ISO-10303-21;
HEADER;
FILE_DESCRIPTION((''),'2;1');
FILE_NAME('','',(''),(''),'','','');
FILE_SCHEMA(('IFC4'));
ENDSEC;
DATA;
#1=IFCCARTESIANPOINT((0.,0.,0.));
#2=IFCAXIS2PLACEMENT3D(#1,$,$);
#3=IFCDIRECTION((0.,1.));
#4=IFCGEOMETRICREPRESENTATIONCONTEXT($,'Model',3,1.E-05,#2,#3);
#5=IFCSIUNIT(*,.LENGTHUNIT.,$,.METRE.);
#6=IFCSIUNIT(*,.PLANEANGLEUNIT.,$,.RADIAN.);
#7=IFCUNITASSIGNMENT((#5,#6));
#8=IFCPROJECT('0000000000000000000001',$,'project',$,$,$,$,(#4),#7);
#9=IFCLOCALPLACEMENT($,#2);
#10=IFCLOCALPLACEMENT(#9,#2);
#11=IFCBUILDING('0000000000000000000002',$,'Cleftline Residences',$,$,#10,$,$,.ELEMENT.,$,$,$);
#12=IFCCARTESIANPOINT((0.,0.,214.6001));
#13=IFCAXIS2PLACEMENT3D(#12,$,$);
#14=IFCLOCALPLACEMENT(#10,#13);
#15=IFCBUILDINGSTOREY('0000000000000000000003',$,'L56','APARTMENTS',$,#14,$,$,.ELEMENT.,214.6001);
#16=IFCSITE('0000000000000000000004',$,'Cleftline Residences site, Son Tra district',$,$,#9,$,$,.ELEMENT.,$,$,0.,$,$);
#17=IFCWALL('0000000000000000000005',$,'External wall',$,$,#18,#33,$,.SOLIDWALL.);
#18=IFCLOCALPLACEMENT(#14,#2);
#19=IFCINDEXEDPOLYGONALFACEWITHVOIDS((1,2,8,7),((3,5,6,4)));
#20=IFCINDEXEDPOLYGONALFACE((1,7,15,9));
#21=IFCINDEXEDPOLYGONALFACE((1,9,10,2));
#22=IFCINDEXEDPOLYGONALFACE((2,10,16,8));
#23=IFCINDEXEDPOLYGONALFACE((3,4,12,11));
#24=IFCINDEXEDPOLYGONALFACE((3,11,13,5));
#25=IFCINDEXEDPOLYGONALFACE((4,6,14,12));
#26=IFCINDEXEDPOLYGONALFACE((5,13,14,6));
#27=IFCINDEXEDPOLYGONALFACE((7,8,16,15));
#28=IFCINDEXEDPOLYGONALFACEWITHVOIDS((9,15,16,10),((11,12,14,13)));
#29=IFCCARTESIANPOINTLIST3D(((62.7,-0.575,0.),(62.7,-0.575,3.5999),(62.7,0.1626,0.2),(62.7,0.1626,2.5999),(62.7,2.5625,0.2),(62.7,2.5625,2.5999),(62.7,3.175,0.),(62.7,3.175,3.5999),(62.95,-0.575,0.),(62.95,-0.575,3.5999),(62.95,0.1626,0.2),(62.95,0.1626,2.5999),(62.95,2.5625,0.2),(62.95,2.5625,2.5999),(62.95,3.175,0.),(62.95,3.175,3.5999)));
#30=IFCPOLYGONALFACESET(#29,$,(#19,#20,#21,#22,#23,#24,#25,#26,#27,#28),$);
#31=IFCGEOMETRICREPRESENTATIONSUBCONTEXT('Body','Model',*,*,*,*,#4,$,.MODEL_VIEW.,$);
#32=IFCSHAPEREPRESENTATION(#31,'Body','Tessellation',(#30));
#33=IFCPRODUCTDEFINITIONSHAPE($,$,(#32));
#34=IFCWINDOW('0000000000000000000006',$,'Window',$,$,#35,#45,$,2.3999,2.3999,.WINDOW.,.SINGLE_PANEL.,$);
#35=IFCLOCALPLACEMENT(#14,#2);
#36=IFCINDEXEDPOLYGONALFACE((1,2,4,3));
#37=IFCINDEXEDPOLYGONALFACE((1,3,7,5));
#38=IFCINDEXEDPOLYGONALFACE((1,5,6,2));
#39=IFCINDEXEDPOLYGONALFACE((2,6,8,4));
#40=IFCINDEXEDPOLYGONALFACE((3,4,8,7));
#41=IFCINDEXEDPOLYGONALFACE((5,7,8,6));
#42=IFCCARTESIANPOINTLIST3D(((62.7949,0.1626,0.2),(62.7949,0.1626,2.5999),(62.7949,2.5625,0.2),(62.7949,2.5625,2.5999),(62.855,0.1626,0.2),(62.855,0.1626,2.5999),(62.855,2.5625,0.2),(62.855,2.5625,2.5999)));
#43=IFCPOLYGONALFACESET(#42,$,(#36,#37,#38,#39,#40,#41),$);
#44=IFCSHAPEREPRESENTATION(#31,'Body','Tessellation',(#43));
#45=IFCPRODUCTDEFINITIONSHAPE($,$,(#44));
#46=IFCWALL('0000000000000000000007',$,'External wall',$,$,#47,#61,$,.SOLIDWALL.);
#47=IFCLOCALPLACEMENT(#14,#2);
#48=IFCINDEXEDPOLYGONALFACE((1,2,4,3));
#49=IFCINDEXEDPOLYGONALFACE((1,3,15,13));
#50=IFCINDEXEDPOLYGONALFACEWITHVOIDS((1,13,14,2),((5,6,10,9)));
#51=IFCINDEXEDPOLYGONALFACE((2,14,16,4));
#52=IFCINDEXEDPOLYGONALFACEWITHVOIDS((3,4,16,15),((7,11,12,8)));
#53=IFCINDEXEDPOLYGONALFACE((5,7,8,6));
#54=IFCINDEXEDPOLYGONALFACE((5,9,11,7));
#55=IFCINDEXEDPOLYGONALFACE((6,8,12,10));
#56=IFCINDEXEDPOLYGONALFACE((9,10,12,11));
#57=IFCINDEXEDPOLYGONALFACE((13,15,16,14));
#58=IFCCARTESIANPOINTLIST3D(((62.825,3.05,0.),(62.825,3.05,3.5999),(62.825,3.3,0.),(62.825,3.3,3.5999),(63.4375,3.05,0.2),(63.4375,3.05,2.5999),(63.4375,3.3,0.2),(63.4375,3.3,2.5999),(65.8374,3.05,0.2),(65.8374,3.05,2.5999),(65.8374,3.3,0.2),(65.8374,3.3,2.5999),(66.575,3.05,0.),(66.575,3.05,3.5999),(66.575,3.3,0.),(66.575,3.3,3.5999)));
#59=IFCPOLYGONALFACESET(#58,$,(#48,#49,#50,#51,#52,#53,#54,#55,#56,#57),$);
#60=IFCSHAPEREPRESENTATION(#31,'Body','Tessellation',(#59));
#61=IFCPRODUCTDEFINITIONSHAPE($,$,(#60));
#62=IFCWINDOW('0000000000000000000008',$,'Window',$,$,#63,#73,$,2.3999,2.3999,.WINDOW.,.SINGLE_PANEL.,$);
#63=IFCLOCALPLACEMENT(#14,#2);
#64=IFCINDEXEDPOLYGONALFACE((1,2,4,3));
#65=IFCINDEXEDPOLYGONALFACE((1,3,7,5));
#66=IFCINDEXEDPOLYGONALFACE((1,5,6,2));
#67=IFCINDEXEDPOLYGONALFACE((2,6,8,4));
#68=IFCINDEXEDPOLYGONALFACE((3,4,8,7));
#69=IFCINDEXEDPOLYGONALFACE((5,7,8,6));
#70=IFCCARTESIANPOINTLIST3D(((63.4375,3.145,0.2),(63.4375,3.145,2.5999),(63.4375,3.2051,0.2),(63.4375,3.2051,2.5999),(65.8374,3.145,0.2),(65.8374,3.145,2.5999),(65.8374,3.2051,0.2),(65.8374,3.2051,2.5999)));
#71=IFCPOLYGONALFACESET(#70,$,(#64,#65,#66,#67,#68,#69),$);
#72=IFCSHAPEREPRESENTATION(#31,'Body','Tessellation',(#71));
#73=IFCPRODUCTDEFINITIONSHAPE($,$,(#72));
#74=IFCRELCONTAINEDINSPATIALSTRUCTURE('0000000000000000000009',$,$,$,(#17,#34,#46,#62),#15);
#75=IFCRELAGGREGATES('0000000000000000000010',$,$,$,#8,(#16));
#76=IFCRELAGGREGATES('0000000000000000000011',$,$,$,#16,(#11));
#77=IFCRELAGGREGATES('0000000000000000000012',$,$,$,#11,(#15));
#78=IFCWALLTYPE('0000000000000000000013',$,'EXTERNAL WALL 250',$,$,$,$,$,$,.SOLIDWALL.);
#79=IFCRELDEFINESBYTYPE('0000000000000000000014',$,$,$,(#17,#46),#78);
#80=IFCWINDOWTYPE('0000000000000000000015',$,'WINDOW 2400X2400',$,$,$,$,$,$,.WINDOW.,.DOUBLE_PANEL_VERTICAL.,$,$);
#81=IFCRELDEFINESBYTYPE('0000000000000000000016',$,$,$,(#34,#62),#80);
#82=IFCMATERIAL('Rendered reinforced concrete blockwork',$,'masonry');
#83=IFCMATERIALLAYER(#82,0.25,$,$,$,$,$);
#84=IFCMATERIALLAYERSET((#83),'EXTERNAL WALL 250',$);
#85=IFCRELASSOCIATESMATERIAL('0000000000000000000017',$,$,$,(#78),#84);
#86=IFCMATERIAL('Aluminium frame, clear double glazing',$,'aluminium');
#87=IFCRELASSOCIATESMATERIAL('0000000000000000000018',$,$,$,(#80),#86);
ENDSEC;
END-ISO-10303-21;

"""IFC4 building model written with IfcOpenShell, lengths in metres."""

from ifc_helpers import new_model, si_unit, direction, frame, frame_2d, origin, place, context, subcontext, project, spatial, rectangle, extrude, material, layer, layer_set, type_object, element, fill, save


model = new_model("IFC4")

# Units and contexts
model_context = context("Model", 3, precision=1e-05, world=origin(), true_north=direction((0.0, 1.0)))
body_context = subcontext(model_context, "Body", "Model", "MODEL_VIEW")
ifc_project = project(units=[si_unit("LENGTHUNIT", "METRE"), si_unit("PLANEANGLEUNIT", "RADIAN")], contexts=[model_context])

# Site, building, storey
site_placement = place(None, origin())
site = spatial("IfcSite", under=ifc_project, at=site_placement, Name="Cleftline Residences site, Son Tra district", CompositionType="ELEMENT", RefElevation=0.0)
building_placement = place(site_placement, origin())
building = spatial("IfcBuilding", under=site, at=building_placement, Name="Cleftline Residences", CompositionType="ELEMENT")
storey_placement = place(building_placement, frame((0.0, 0.0, 214.6001)))
storey = spatial("IfcBuildingStorey", under=building, at=storey_placement, Name="L56", Description="APARTMENTS", CompositionType="ELEMENT", Elevation=214.6001)

# Walls, openings, windows
ifc_material_1 = material(Name="Rendered reinforced concrete blockwork", Category="masonry")
ifc_layer_1 = layer(ifc_material_1, 0.25)
ifc_layer_set_1 = layer_set([ifc_layer_1], Name="EXTERNAL WALL 250")
wall_type_1 = type_object("IfcWallType", Name="EXTERNAL WALL 250", PredefinedType="SOLIDWALL", material=ifc_layer_set_1)
wall_1_placement = place(storey_placement, frame((62.825, -0.575, 0.0), z_axis=(0.0, 0.0, 1.0), x_axis=(0.0, 1.0, 0.0)))
wall_1 = element("IfcWall", 1, at=wall_1_placement, inside=storey, type_object=wall_type_1, Name="External wall", PredefinedType="SOLIDWALL", context=body_context, shape_type="SweptSolid", body=[
    extrude(rectangle(XDim=3.75, YDim=0.25, at=frame_2d((1.875, 0.0))), origin(), (0.0, 0.0, 1.0), 3.5999),
])
opening_1_placement = place(wall_1_placement, frame((0.7375, 0.0, 0.2)))
opening_1 = element("IfcOpeningElement", 2, at=opening_1_placement, cuts=wall_1, PredefinedType="OPENING", context=body_context, shape_type="SweptSolid", body=[
    extrude(rectangle(XDim=2.3999, YDim=2.3999, at=frame_2d((1.2, 1.2))), frame((0.0, 0.135, 0.0), z_axis=(0.0, -1.0, 0.0), x_axis=(1.0, 0.0, 0.0)), (0.0, 0.0, 1.0), 0.27),
])
ifc_material_2 = material(Name="Aluminium frame, clear double glazing", Category="aluminium")
window_type_1 = type_object("IfcWindowType", Name="WINDOW 2400X2400", PartitioningType="DOUBLE_PANEL_VERTICAL", PredefinedType="WINDOW", material=ifc_material_2)
window_1_placement = place(opening_1_placement, origin())
window_1 = element("IfcWindow", 3, at=window_1_placement, inside=storey, type_object=window_type_1, Name="Window", OverallHeight=2.3999, OverallWidth=2.3999, PartitioningType="SINGLE_PANEL", PredefinedType="WINDOW", context=body_context, shape_type="SweptSolid", body=[
    extrude(rectangle(XDim=2.3999, YDim=2.3999, at=frame_2d((1.2, 1.2))), frame((0.0, 0.03, 0.0), z_axis=(0.0, -1.0, 0.0), x_axis=(1.0, 0.0, 0.0)), (0.0, 0.0, 1.0), 0.0601),
])
fill(opening_1, window_1)
wall_2_placement = place(storey_placement, frame((62.825, 3.175, 0.0), z_axis=(0.0, 0.0, 1.0), x_axis=(1.0, 0.0, 0.0)))
wall_2 = element("IfcWall", 4, at=wall_2_placement, inside=storey, type_object=wall_type_1, Name="External wall", PredefinedType="SOLIDWALL", context=body_context, shape_type="SweptSolid", body=[
    extrude(rectangle(XDim=3.75, YDim=0.25, at=frame_2d((1.875, 0.0))), origin(), (0.0, 0.0, 1.0), 3.5999),
])
opening_2_placement = place(wall_2_placement, frame((0.6125, 0.0, 0.2)))
opening_2 = element("IfcOpeningElement", 5, at=opening_2_placement, cuts=wall_2, PredefinedType="OPENING", context=body_context, shape_type="SweptSolid", body=[
    extrude(rectangle(XDim=2.3999, YDim=2.3999, at=frame_2d((1.2, 1.2))), frame((0.0, 0.135, 0.0), z_axis=(0.0, -1.0, 0.0), x_axis=(1.0, 0.0, 0.0)), (0.0, 0.0, 1.0), 0.27),
])
window_2_placement = place(opening_2_placement, origin())
window_2 = element("IfcWindow", 6, at=window_2_placement, inside=storey, type_object=window_type_1, Name="Window", OverallHeight=2.3999, OverallWidth=2.3999, PartitioningType="SINGLE_PANEL", PredefinedType="WINDOW", context=body_context, shape_type="SweptSolid", body=[
    extrude(rectangle(XDim=2.3999, YDim=2.3999, at=frame_2d((1.2, 1.2))), frame((0.0, 0.03, 0.0), z_axis=(0.0, -1.0, 0.0), x_axis=(1.0, 0.0, 0.0)), (0.0, 0.0, 1.0), 0.0601),
])
fill(opening_2, window_2)

save(model, "model.ifc")
